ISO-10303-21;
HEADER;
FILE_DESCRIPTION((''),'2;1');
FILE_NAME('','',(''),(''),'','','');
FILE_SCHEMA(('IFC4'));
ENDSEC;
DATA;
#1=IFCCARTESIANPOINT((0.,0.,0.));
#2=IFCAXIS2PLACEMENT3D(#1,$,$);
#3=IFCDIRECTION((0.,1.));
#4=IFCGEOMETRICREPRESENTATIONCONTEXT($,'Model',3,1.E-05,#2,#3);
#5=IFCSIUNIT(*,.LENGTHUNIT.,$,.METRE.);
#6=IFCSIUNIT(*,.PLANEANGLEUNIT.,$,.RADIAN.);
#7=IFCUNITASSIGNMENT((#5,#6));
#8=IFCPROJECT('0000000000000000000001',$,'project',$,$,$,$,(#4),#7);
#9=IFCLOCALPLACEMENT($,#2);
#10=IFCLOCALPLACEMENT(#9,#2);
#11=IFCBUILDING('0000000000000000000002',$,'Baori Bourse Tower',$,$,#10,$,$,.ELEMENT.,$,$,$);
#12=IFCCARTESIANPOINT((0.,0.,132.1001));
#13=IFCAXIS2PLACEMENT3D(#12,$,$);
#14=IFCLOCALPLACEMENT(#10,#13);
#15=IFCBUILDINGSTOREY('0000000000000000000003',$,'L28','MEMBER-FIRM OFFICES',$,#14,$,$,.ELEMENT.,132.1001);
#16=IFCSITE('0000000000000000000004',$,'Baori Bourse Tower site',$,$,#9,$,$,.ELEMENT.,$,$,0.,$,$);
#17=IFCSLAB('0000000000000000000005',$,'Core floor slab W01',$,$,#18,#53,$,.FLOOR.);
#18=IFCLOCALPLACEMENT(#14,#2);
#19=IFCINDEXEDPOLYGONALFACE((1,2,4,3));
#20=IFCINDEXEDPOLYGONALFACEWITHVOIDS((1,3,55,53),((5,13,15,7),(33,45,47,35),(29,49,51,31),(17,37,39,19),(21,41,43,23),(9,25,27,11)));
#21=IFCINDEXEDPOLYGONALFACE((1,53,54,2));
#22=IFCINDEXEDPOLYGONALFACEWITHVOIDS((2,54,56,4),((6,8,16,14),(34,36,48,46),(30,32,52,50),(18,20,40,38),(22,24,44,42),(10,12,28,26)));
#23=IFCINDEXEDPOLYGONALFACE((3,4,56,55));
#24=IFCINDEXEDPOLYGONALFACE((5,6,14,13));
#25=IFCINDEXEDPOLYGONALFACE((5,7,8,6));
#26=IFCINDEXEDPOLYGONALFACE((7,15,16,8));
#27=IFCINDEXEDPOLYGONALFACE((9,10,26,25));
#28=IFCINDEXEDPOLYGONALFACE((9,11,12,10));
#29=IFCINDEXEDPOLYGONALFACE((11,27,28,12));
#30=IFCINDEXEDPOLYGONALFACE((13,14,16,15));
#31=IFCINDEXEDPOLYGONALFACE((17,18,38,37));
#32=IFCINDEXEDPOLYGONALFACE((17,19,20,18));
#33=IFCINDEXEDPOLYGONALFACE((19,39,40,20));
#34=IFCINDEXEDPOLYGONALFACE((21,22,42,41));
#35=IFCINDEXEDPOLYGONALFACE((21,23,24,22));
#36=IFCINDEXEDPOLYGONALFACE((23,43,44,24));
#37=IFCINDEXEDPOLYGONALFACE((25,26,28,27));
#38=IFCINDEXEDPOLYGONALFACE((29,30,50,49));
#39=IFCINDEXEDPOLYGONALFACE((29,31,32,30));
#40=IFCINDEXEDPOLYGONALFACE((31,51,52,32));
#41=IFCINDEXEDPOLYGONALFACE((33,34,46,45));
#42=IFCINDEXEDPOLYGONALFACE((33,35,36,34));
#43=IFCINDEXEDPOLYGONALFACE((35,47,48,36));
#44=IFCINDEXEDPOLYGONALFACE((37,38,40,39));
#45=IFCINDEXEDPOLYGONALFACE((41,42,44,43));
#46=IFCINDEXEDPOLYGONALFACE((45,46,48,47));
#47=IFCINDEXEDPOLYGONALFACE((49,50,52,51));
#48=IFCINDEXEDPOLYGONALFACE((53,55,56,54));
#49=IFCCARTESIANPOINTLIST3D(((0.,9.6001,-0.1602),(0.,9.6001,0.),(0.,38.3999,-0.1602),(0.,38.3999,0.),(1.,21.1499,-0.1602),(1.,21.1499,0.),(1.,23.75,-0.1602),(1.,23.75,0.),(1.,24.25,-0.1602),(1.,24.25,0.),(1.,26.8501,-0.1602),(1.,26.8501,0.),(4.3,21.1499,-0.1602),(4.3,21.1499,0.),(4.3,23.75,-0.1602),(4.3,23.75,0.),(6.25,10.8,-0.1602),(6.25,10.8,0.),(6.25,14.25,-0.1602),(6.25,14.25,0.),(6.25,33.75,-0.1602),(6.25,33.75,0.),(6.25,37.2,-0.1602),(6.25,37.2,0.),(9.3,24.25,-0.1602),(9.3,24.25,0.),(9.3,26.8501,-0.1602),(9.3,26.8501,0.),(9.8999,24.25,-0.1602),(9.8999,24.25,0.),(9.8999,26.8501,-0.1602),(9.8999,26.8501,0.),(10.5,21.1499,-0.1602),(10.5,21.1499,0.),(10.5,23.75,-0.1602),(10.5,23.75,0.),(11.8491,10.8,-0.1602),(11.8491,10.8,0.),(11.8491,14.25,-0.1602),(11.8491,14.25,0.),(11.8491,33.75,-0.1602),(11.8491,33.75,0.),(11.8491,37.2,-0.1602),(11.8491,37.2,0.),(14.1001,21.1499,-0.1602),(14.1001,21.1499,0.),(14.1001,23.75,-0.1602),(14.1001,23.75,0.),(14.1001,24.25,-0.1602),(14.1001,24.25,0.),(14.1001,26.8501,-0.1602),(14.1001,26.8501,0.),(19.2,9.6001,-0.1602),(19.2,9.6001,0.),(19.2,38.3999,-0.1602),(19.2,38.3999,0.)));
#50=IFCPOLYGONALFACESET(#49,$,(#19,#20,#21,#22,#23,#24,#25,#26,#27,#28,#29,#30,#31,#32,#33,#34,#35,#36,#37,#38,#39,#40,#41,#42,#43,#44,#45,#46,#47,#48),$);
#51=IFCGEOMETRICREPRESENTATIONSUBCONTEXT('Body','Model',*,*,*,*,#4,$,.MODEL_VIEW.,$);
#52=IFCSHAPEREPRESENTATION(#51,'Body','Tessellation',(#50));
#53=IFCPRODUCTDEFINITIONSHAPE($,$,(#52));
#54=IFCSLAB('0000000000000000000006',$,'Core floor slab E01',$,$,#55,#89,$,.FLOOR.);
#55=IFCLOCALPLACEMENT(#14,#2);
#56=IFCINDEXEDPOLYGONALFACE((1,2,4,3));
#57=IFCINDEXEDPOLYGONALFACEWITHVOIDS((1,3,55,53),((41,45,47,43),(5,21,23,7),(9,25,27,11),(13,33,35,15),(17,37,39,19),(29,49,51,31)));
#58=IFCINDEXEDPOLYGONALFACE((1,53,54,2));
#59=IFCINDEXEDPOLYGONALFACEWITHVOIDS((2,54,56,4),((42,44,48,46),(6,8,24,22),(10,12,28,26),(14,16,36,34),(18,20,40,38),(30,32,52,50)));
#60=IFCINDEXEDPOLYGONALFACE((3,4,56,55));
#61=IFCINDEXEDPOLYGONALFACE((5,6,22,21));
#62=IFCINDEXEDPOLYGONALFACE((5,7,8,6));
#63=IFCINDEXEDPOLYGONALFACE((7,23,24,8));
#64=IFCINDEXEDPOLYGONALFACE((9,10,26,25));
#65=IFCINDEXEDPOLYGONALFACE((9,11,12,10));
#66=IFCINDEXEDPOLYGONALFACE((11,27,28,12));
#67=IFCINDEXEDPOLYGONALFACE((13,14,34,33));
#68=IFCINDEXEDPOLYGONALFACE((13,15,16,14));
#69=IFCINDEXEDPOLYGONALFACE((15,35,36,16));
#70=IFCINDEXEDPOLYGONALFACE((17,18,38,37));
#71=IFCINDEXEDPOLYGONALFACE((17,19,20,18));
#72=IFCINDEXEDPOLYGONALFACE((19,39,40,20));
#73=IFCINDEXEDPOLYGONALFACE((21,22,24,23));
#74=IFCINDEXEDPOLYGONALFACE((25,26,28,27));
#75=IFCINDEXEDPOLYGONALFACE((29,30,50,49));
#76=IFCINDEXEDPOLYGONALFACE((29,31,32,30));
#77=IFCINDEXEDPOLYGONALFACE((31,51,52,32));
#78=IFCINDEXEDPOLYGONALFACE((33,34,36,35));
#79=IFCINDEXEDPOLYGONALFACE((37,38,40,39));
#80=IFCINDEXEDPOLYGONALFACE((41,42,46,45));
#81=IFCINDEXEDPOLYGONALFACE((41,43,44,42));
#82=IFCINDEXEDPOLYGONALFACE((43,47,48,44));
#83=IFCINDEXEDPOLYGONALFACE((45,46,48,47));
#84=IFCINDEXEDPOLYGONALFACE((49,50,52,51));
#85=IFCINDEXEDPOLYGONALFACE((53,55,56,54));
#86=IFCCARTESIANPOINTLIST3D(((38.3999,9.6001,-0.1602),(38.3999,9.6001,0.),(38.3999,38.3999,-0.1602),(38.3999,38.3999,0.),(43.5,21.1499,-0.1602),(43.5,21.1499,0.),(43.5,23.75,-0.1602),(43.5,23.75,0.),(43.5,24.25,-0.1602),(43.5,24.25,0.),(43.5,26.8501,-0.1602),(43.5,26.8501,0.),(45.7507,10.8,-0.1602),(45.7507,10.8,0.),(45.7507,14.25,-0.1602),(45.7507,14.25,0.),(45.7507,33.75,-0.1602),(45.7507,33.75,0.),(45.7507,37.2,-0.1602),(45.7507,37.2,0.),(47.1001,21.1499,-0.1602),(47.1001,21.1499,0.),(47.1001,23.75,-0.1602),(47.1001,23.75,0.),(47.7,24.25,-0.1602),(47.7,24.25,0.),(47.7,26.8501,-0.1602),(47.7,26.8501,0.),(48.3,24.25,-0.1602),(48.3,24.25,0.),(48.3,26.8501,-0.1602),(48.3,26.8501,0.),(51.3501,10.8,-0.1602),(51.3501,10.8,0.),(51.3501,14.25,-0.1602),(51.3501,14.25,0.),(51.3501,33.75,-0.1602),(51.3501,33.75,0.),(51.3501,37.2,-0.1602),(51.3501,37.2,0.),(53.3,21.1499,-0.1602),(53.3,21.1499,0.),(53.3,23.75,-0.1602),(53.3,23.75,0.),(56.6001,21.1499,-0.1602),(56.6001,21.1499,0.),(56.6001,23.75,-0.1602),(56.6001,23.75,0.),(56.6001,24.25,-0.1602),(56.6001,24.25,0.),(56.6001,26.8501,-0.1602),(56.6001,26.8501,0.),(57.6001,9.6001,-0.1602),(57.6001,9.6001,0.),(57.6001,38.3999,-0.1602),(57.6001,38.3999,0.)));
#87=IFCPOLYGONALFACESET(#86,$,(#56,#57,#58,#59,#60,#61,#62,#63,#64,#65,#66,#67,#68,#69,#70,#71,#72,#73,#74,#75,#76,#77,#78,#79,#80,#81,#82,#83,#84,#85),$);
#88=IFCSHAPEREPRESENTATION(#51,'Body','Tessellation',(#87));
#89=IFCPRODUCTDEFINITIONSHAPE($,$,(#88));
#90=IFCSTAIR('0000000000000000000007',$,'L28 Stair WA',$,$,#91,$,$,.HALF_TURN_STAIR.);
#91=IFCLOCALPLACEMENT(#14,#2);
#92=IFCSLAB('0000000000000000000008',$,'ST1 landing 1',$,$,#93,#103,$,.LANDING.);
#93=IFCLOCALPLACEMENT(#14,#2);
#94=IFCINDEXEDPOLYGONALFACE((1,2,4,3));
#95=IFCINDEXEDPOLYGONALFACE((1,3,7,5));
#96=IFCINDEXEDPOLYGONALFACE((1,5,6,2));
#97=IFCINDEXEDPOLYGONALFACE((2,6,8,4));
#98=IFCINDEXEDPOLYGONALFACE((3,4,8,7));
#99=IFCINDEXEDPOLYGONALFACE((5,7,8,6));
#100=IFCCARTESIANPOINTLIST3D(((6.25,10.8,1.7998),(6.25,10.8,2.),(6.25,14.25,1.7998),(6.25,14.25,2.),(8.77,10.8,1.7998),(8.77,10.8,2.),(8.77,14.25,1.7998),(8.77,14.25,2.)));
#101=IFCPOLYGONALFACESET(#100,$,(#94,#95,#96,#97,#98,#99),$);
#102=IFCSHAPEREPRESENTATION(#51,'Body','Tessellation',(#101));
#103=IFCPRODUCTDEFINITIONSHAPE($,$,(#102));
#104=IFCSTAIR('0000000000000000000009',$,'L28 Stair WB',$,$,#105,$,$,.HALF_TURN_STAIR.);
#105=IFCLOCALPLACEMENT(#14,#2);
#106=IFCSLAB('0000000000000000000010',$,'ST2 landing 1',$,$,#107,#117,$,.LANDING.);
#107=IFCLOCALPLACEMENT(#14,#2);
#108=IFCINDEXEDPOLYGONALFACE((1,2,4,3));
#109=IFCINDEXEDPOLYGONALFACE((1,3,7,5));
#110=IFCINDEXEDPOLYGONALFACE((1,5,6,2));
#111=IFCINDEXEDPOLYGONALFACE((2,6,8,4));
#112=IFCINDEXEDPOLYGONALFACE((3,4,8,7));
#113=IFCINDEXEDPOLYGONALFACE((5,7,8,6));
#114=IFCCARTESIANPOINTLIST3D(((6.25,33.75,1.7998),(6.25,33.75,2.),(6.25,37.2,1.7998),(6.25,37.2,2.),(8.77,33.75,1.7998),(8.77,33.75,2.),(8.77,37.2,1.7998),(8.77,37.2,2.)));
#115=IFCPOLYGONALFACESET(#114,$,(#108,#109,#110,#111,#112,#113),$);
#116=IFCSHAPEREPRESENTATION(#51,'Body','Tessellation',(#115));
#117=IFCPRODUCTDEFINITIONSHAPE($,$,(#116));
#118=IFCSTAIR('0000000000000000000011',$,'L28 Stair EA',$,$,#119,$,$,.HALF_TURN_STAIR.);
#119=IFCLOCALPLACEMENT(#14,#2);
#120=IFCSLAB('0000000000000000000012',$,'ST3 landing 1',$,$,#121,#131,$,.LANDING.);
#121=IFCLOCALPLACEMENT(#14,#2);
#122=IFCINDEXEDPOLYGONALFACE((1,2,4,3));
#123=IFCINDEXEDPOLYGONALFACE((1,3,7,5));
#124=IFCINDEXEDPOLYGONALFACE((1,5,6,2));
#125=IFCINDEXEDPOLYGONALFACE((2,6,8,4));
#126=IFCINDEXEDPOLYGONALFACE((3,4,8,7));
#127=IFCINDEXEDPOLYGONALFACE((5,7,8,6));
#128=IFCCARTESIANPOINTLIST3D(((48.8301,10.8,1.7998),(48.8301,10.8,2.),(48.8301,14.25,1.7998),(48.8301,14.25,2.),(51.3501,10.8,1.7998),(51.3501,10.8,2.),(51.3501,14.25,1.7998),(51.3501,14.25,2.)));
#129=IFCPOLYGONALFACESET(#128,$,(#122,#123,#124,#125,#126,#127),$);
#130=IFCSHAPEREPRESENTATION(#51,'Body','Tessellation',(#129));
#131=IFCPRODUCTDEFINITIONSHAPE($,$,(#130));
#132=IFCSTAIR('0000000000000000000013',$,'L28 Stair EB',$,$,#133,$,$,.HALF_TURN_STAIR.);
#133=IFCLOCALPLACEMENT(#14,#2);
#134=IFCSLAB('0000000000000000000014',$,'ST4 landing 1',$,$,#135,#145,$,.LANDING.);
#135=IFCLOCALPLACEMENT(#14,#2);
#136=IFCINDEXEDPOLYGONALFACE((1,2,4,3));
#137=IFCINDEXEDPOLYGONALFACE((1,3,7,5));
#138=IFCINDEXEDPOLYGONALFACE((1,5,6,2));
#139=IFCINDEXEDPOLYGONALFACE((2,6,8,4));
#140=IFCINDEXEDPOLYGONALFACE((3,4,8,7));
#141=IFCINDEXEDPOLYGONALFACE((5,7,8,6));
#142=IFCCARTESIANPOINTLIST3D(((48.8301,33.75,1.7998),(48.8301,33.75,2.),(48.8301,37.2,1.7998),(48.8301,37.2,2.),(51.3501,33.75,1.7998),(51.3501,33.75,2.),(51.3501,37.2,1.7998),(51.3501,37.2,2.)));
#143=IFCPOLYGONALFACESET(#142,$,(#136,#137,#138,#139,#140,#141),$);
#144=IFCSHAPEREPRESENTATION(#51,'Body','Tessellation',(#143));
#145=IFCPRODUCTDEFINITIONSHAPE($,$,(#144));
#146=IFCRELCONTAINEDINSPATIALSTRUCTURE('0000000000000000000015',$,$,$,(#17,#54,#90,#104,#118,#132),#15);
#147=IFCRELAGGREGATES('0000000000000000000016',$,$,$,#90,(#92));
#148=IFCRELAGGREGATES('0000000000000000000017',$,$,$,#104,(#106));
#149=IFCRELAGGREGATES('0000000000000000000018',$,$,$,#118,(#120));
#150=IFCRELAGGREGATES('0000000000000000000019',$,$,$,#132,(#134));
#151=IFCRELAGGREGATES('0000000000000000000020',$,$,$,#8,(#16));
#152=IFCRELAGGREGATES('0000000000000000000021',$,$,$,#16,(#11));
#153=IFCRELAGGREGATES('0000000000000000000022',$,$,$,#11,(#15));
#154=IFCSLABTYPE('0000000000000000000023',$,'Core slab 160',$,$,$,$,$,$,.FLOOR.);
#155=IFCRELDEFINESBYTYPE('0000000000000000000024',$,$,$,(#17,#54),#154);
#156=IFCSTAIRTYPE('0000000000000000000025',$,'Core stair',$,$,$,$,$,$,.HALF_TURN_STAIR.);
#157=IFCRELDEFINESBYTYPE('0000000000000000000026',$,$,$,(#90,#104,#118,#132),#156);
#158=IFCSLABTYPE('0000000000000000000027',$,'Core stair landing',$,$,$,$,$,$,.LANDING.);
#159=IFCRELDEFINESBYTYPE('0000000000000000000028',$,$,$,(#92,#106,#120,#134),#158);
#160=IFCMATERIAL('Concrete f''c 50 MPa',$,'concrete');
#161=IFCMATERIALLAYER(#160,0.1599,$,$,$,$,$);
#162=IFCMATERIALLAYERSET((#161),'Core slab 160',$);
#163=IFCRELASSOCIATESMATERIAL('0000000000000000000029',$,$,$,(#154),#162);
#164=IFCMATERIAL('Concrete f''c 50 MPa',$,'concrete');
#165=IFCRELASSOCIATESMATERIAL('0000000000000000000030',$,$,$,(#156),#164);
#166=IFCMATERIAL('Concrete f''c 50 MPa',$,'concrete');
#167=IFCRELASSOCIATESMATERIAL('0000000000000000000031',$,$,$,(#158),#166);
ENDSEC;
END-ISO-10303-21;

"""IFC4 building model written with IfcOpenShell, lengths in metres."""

from ifc_helpers import new_model, si_unit, direction, frame, origin, place, context, subcontext, project, spatial, polyline, outline, extrude, material, layer, layer_set, type_object, element, aggregate, save


model = new_model("IFC4")

# Units and contexts
model_context = context("Model", 3, precision=1e-05, world=origin(), true_north=direction((0.0, 1.0)))
body_context = subcontext(model_context, "Body", "Model", "MODEL_VIEW")
ifc_project = project(units=[si_unit("LENGTHUNIT", "METRE"), si_unit("PLANEANGLEUNIT", "RADIAN")], contexts=[model_context])

# Site, building, storey
site_placement = place(None, origin())
site = spatial("IfcSite", under=ifc_project, at=site_placement, Name="Baori Bourse Tower site", CompositionType="ELEMENT", RefElevation=0.0)
building_placement = place(site_placement, origin())
building = spatial("IfcBuilding", under=site, at=building_placement, Name="Baori Bourse Tower", CompositionType="ELEMENT")
storey_placement = place(building_placement, frame((0.0, 0.0, 132.1001)))
storey = spatial("IfcBuildingStorey", under=building, at=storey_placement, Name="L28", Description="MEMBER-FIRM OFFICES", CompositionType="ELEMENT", Elevation=132.1001)

# Slabs
ifc_material_1 = material(Name="Concrete f'c 50 MPa", Category="concrete")
ifc_layer_1 = layer(ifc_material_1, 0.1599)
ifc_layer_set_1 = layer_set([ifc_layer_1], Name="Core slab 160")
slab_type_1 = type_object("IfcSlabType", Name="Core slab 160", PredefinedType="FLOOR", material=ifc_layer_set_1)
slab_1_placement = place(storey_placement, frame((0.0, 0.0, -0.1602)))
element("IfcSlab", 1, at=slab_1_placement, inside=storey, type_object=slab_type_1, Name="Core floor slab W01", PredefinedType="FLOOR", context=body_context, shape_type="SweptSolid", body=[
    extrude(outline(polyline([(0.0, 38.3999), (0.0, 9.6001), (19.2, 9.6001), (19.2, 38.3999), (0.0, 38.3999)]), holes=[polyline([(10.5, 21.1499), (10.5, 23.75), (14.1001, 23.75), (14.1001, 21.1499), (10.5, 21.1499)]), polyline([(14.1001, 24.25), (9.8999, 24.25), (9.8999, 26.8501), (14.1001, 26.8501), (14.1001, 24.25)]), polyline([(6.25, 14.25), (11.8491, 14.25), (11.8491, 10.8), (6.25, 10.8), (6.25, 14.25)]), polyline([(11.8491, 37.2), (11.8491, 33.75), (6.25, 33.75), (6.25, 37.2), (11.8491, 37.2)]), polyline([(1.0, 26.8501), (9.3, 26.8501), (9.3, 24.25), (1.0, 24.25), (1.0, 26.8501)]), polyline([(4.3, 23.75), (4.3, 21.1499), (1.0, 21.1499), (1.0, 23.75), (4.3, 23.75)])]), origin(), (0.0, 0.0, 1.0), 0.1602),
])
slab_2_placement = place(storey_placement, frame((0.0, 0.0, -0.1602)))
element("IfcSlab", 2, at=slab_2_placement, inside=storey, type_object=slab_type_1, Name="Core floor slab E01", PredefinedType="FLOOR", context=body_context, shape_type="SweptSolid", body=[
    extrude(outline(polyline([(57.6001, 38.3999), (38.3999, 38.3999), (38.3999, 9.6001), (57.6001, 9.6001), (57.6001, 38.3999)]), holes=[polyline([(56.6001, 21.1499), (53.3, 21.1499), (53.3, 23.75), (56.6001, 23.75), (56.6001, 21.1499)]), polyline([(56.6001, 26.8501), (56.6001, 24.25), (48.3, 24.25), (48.3, 26.8501), (56.6001, 26.8501)]), polyline([(45.7507, 14.25), (51.3501, 14.25), (51.3501, 10.8), (45.7507, 10.8), (45.7507, 14.25)]), polyline([(51.3501, 37.2), (51.3501, 33.75), (45.7507, 33.75), (45.7507, 37.2), (51.3501, 37.2)]), polyline([(43.5, 24.25), (43.5, 26.8501), (47.7, 26.8501), (47.7, 24.25), (43.5, 24.25)]), polyline([(43.5, 23.75), (47.1001, 23.75), (47.1001, 21.1499), (43.5, 21.1499), (43.5, 23.75)])]), origin(), (0.0, 0.0, 1.0), 0.1602),
])

# Stairs, slabs
ifc_material_2 = material(Name="Concrete f'c 50 MPa", Category="concrete")
stair_type = type_object("IfcStairType", Name="Core stair", PredefinedType="HALF_TURN_STAIR", material=ifc_material_2)
stair_1_placement = place(storey_placement, origin())
stair_1 = element("IfcStair", 3, at=stair_1_placement, inside=storey, type_object=stair_type, Name="L28 Stair WA", PredefinedType="HALF_TURN_STAIR")
ifc_material_3 = material(Name="Concrete f'c 50 MPa", Category="concrete")
slab_type_2 = type_object("IfcSlabType", Name="Core stair landing", PredefinedType="LANDING", material=ifc_material_3)
slab_3_placement = place(storey_placement, frame((0.0, 0.0, 1.7998)))
slab_3 = element("IfcSlab", 4, at=slab_3_placement, type_object=slab_type_2, Name="ST1 landing 1", PredefinedType="LANDING", context=body_context, shape_type="SweptSolid", body=[
    extrude(outline(polyline([(8.77, 14.25), (6.25, 14.25), (6.25, 10.8), (8.77, 10.8), (8.77, 14.25)])), origin(), (0.0, 0.0, 1.0), 0.2002),
])
aggregate(stair_1, [slab_3])
stair_2_placement = place(storey_placement, origin())
stair_2 = element("IfcStair", 5, at=stair_2_placement, inside=storey, type_object=stair_type, Name="L28 Stair WB", PredefinedType="HALF_TURN_STAIR")
slab_4_placement = place(storey_placement, frame((0.0, 0.0, 1.7998)))
slab_4 = element("IfcSlab", 6, at=slab_4_placement, type_object=slab_type_2, Name="ST2 landing 1", PredefinedType="LANDING", context=body_context, shape_type="SweptSolid", body=[
    extrude(outline(polyline([(8.77, 37.2), (6.25, 37.2), (6.25, 33.75), (8.77, 33.75), (8.77, 37.2)])), origin(), (0.0, 0.0, 1.0), 0.2002),
])
aggregate(stair_2, [slab_4])
stair_3_placement = place(storey_placement, origin())
stair_3 = element("IfcStair", 7, at=stair_3_placement, inside=storey, type_object=stair_type, Name="L28 Stair EA", PredefinedType="HALF_TURN_STAIR")
slab_5_placement = place(storey_placement, frame((0.0, 0.0, 1.7998)))
slab_5 = element("IfcSlab", 8, at=slab_5_placement, type_object=slab_type_2, Name="ST3 landing 1", PredefinedType="LANDING", context=body_context, shape_type="SweptSolid", body=[
    extrude(outline(polyline([(48.8301, 10.8), (51.3501, 10.8), (51.3501, 14.25), (48.8301, 14.25), (48.8301, 10.8)])), origin(), (0.0, 0.0, 1.0), 0.2002),
])
aggregate(stair_3, [slab_5])
stair_4_placement = place(storey_placement, origin())
stair_4 = element("IfcStair", 9, at=stair_4_placement, inside=storey, type_object=stair_type, Name="L28 Stair EB", PredefinedType="HALF_TURN_STAIR")
slab_6_placement = place(storey_placement, frame((0.0, 0.0, 1.7998)))
slab_6 = element("IfcSlab", 10, at=slab_6_placement, type_object=slab_type_2, Name="ST4 landing 1", PredefinedType="LANDING", context=body_context, shape_type="SweptSolid", body=[
    extrude(outline(polyline([(48.8301, 33.75), (51.3501, 33.75), (51.3501, 37.2), (48.8301, 37.2), (48.8301, 33.75)])), origin(), (0.0, 0.0, 1.0), 0.2002),
])
aggregate(stair_4, [slab_6])

save(model, "model.ifc")
